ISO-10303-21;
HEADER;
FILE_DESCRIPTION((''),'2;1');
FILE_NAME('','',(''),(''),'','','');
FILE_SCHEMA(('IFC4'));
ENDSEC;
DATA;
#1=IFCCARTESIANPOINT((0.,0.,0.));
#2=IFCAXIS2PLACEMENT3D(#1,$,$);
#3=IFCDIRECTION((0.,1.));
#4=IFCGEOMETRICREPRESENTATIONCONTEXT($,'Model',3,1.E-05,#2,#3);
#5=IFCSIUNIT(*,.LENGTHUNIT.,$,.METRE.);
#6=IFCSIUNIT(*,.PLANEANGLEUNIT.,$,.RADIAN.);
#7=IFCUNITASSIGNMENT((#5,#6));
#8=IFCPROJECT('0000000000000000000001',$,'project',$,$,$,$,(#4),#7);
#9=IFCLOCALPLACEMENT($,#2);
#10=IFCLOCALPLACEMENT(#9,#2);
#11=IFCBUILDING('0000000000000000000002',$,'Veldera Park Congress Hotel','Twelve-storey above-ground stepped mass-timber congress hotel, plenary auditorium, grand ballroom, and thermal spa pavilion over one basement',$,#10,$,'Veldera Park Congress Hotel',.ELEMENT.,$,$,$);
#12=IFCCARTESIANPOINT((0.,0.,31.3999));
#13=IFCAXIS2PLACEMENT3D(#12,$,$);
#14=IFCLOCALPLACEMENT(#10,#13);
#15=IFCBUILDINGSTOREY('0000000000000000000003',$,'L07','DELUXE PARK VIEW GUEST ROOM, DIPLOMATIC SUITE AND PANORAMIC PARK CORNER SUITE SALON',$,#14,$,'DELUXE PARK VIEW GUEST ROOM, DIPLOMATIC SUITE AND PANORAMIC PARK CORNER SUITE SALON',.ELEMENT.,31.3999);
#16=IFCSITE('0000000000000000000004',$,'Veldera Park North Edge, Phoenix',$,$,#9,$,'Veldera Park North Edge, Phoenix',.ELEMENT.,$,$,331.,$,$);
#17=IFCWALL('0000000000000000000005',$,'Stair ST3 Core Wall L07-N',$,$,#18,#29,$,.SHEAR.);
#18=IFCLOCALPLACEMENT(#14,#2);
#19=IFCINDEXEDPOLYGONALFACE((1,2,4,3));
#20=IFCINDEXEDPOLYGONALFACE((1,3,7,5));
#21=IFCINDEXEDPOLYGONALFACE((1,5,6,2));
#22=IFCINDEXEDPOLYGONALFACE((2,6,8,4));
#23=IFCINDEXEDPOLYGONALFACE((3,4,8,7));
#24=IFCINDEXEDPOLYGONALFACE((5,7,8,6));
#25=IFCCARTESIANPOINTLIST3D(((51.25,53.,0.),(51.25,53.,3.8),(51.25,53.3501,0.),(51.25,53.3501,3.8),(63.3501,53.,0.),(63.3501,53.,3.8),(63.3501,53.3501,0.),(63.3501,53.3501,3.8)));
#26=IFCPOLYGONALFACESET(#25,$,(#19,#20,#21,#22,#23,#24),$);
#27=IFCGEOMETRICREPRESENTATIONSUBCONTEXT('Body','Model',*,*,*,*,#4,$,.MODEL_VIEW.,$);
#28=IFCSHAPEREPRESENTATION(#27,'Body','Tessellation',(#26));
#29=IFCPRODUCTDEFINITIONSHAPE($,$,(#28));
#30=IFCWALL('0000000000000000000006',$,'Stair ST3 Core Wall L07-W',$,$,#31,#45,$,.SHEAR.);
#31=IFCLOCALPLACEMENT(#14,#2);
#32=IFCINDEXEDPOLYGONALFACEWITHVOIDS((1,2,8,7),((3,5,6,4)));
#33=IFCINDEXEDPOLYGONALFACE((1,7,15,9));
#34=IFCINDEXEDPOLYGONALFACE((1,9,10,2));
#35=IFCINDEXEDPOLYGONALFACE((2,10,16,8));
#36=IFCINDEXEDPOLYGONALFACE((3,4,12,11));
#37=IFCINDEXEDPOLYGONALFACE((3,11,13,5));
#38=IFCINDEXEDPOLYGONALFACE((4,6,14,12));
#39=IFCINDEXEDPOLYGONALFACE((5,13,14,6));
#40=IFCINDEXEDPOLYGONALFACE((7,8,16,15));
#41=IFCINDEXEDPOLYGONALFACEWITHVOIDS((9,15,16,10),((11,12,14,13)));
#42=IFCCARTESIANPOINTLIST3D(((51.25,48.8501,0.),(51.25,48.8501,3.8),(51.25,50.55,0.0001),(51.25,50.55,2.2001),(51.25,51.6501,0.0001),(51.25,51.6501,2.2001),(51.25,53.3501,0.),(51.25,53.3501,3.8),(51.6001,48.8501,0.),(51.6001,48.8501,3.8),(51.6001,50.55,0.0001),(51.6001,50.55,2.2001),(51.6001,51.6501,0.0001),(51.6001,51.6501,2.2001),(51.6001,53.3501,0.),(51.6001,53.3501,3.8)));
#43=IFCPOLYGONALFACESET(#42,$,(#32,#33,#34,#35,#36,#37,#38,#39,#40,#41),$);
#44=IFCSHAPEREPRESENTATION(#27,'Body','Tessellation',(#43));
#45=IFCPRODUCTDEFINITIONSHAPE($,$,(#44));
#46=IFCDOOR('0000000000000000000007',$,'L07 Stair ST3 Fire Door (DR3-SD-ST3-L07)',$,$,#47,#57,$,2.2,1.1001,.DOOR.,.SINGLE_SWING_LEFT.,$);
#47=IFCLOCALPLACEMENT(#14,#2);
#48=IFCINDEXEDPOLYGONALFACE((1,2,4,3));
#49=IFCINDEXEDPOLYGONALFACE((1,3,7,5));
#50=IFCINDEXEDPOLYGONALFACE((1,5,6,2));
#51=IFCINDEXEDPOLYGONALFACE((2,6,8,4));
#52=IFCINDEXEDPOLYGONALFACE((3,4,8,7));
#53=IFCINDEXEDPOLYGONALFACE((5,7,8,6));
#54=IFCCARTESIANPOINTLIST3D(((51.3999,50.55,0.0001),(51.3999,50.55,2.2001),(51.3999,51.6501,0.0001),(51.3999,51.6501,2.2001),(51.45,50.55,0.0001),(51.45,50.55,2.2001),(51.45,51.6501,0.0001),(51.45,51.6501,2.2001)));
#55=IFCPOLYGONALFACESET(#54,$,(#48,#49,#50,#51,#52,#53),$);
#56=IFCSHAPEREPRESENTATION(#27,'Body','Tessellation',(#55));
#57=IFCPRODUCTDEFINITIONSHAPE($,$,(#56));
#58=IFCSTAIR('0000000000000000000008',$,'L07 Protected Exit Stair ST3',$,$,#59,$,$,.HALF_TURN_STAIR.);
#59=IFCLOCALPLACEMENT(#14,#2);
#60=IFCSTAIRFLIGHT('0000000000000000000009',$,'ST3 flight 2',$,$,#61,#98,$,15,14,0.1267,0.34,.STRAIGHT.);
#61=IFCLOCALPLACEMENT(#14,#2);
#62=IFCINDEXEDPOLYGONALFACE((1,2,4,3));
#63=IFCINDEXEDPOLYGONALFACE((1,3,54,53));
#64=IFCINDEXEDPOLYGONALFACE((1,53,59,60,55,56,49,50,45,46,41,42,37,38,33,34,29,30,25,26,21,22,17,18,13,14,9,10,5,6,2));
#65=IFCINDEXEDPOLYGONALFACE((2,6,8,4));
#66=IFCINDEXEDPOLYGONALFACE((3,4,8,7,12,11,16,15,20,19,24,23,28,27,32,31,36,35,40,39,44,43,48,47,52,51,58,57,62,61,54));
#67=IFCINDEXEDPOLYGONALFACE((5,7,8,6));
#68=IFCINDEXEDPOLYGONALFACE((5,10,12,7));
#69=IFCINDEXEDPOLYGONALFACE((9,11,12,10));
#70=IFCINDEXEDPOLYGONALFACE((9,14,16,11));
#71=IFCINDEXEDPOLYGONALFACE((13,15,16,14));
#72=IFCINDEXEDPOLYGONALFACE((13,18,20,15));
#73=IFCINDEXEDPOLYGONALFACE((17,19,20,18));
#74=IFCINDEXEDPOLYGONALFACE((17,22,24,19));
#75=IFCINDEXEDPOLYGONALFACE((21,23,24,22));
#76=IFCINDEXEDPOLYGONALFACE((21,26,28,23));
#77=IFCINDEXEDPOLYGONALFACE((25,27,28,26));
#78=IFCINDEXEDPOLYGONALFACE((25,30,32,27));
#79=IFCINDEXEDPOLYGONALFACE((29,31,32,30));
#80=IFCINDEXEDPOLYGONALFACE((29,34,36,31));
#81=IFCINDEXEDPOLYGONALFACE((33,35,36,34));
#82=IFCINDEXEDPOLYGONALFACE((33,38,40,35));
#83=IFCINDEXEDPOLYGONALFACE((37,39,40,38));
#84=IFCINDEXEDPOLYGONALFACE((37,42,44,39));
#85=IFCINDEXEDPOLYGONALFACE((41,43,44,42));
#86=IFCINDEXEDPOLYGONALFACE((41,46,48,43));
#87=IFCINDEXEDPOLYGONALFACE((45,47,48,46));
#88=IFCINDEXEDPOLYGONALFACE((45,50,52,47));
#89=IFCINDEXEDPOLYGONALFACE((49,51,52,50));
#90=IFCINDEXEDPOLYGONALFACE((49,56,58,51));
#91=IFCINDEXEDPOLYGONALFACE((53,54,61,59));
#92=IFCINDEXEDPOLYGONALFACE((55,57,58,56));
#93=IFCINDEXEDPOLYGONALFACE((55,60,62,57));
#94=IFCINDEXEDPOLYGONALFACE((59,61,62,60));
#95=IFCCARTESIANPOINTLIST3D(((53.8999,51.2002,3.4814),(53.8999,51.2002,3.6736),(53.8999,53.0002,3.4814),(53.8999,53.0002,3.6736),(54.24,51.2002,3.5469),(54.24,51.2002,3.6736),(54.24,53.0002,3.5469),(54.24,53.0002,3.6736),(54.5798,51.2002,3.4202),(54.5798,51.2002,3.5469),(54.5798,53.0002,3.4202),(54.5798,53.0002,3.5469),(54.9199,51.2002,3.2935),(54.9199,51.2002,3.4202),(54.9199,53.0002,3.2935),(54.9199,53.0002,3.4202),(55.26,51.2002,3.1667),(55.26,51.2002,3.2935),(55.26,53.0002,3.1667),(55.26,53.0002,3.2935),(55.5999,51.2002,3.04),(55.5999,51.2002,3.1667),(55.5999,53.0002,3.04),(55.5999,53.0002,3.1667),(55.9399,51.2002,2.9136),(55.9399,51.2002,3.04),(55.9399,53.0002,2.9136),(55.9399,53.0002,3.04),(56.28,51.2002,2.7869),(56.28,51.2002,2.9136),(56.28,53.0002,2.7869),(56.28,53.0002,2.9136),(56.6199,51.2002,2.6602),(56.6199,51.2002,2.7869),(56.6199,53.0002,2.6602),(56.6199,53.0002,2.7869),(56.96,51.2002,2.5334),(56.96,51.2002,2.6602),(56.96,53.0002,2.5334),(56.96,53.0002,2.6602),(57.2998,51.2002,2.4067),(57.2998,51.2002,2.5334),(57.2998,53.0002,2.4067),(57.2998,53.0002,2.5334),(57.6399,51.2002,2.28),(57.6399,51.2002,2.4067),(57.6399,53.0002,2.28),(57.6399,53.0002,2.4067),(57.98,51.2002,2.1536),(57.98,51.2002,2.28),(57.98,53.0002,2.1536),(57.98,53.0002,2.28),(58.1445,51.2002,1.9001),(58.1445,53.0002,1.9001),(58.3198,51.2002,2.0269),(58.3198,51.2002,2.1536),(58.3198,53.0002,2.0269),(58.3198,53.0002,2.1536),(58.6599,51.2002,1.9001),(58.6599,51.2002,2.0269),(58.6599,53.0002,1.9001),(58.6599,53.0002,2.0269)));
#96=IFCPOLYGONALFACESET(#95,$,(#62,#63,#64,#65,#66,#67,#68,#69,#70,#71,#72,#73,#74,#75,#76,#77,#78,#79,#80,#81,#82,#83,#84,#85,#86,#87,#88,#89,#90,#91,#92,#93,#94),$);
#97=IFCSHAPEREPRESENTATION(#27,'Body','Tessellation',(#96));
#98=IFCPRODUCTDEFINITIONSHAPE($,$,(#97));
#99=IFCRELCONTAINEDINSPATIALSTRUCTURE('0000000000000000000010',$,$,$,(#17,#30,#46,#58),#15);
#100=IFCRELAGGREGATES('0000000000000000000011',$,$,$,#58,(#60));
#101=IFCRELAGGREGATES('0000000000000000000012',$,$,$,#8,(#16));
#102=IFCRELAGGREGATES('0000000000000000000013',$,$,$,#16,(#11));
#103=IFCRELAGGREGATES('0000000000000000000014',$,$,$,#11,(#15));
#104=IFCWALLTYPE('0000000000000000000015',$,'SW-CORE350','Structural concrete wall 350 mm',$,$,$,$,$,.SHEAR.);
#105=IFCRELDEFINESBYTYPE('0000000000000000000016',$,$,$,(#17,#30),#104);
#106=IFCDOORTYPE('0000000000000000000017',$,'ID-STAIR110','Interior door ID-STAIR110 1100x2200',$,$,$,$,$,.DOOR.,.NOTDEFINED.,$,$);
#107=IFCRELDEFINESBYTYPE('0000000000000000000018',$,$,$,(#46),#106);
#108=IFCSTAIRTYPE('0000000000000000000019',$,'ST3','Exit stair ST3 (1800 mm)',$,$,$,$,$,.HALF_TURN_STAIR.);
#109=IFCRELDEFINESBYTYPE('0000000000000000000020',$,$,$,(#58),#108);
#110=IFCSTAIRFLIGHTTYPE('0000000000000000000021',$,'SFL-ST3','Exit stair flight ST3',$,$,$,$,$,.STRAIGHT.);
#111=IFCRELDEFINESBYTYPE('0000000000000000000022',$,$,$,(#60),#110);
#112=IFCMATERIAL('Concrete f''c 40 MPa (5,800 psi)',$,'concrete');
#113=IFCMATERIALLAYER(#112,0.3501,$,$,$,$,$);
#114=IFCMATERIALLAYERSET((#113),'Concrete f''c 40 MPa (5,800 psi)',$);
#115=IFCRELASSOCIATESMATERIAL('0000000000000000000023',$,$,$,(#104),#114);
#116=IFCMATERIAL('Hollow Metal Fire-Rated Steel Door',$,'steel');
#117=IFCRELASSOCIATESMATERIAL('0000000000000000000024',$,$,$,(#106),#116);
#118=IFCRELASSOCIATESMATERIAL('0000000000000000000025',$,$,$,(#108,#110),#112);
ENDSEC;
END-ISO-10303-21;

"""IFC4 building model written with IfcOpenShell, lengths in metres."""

from ifc_helpers import new_model, si_unit, direction, frame, frame_2d, origin, place, context, subcontext, project, spatial, polyline, rectangle, outline, extrude, material, layer, layer_set, type_object, element, fill, aggregate, save


model = new_model("IFC4")

# Units and contexts
model_context = context("Model", 3, precision=1e-05, world=origin(), true_north=direction((0.0, 1.0)))
body_context = subcontext(model_context, "Body", "Model", "MODEL_VIEW")
ifc_project = project(units=[si_unit("LENGTHUNIT", "METRE"), si_unit("PLANEANGLEUNIT", "RADIAN")], contexts=[model_context])

# Site, building, storey
site_placement = place(None, origin())
site = spatial("IfcSite", under=ifc_project, at=site_placement, Name="Veldera Park North Edge, Phoenix", LongName="Veldera Park North Edge, Phoenix", CompositionType="ELEMENT", RefElevation=331.0)
building_placement = place(site_placement, origin())
building = spatial("IfcBuilding", under=site, at=building_placement, Name="Veldera Park Congress Hotel", Description="Twelve-storey above-ground stepped mass-timber congress hotel, plenary auditorium, grand ballroom, and thermal spa pavilion over one basement", LongName="Veldera Park Congress Hotel", CompositionType="ELEMENT")
storey_placement = place(building_placement, frame((0.0, 0.0, 31.3999)))
storey = spatial("IfcBuildingStorey", under=building, at=storey_placement, Name="L07", Description="DELUXE PARK VIEW GUEST ROOM, DIPLOMATIC SUITE AND PANORAMIC PARK CORNER SUITE SALON", LongName="DELUXE PARK VIEW GUEST ROOM, DIPLOMATIC SUITE AND PANORAMIC PARK CORNER SUITE SALON", CompositionType="ELEMENT", Elevation=31.3999)

# Wall
ifc_material_1 = material(Name="Concrete f'c 40 MPa (5,800 psi)", Category="concrete")
ifc_layer_1 = layer(ifc_material_1, 0.3501)
ifc_layer_set_1 = layer_set([ifc_layer_1], Name="Concrete f'c 40 MPa (5,800 psi)")
wall_type_1 = type_object("IfcWallType", Name="SW-CORE350", Description="Structural concrete wall 350 mm", PredefinedType="SHEAR", material=ifc_layer_set_1)
wall_1_placement = place(storey_placement, frame((63.3501, 53.175, 0.0), z_axis=(0.0, 0.0, 1.0), x_axis=(-1.0, 0.0, 0.0)))
element("IfcWall", 1, at=wall_1_placement, inside=storey, type_object=wall_type_1, Name="Stair ST3 Core Wall L07-N", PredefinedType="SHEAR", context=body_context, shape_type="SweptSolid", body=[
    extrude(rectangle(XDim=12.1001, YDim=0.3501, at=frame_2d((6.05, 0.0))), origin(), (0.0, 0.0, 1.0), 3.8),
])

# Wall, opening, door
wall_2_placement = place(storey_placement, frame((51.425, 53.3501, 0.0), z_axis=(0.0, 0.0, 1.0), x_axis=(0.0, -1.0, 0.0)))
wall_2 = element("IfcWall", 2, at=wall_2_placement, inside=storey, type_object=wall_type_1, Name="Stair ST3 Core Wall L07-W", PredefinedType="SHEAR", context=body_context, shape_type="SweptSolid", body=[
    extrude(rectangle(XDim=4.5, YDim=0.3501, at=frame_2d((2.25, 0.0))), origin(), (0.0, 0.0, 1.0), 3.8),
])
opening_1_placement = place(wall_2_placement, frame((1.7, 0.0, 0.0)))
opening_1 = element("IfcOpeningElement", 3, at=opening_1_placement, cuts=wall_2, PredefinedType="OPENING", context=body_context, shape_type="SweptSolid", body=[
    extrude(rectangle(XDim=1.1001, YDim=2.2, at=frame_2d((0.55, 1.1001))), frame((0.0, 0.187, 0.0), z_axis=(0.0, -1.0, 0.0), x_axis=(1.0, 0.0, 0.0)), (0.0, 0.0, 1.0), 0.374),
])
ifc_material_2 = material(Name="Hollow Metal Fire-Rated Steel Door", Category="steel")
door_type = type_object("IfcDoorType", Name="ID-STAIR110", Description="Interior door ID-STAIR110 1100x2200", OperationType="NOTDEFINED", PredefinedType="DOOR", material=ifc_material_2)
door_placement = place(opening_1_placement, origin())
door = element("IfcDoor", 4, at=door_placement, inside=storey, type_object=door_type, Name="L07 Stair ST3 Fire Door (DR3-SD-ST3-L07)", OperationType="SINGLE_SWING_LEFT", OverallHeight=2.2, OverallWidth=1.1001, PredefinedType="DOOR", context=body_context, shape_type="SweptSolid", body=[
    extrude(rectangle(XDim=1.1001, YDim=2.2, at=frame_2d((0.55, 1.1001))), frame((0.0, 0.0249, 0.0), z_axis=(0.0, -1.0, 0.0), x_axis=(1.0, 0.0, 0.0)), (0.0, 0.0, 1.0), 0.05),
])
fill(opening_1, door)

# Stair, stair flight
stair_type = type_object("IfcStairType", Name="ST3", Description="Exit stair ST3 (1800 mm)", PredefinedType="HALF_TURN_STAIR", material=ifc_material_1)
stair_placement = place(storey_placement, origin())
stair = element("IfcStair", 5, at=stair_placement, inside=storey, type_object=stair_type, Name="L07 Protected Exit Stair ST3", PredefinedType="HALF_TURN_STAIR")
stair_flight_type = type_object("IfcStairFlightType", Name="SFL-ST3", Description="Exit stair flight ST3", PredefinedType="STRAIGHT", material=ifc_material_1)
stair_flight_placement = place(storey_placement, frame((58.6599, 52.1001, 1.9001), z_axis=(0.0, 0.0, 1.0), x_axis=(-1.0, 0.0, 0.0)))
stair_flight = element("IfcStairFlight", 6, at=stair_flight_placement, type_object=stair_flight_type, Name="ST3 flight 2", NumberOfRisers=15, NumberOfTreads=14, PredefinedType="STRAIGHT", RiserHeight=0.1267, TreadLength=0.34, context=body_context, shape_type="SweptSolid", body=[
    extrude(outline(polyline([(0.0, 0.0), (0.0, 0.1267), (0.3401, 0.1267), (0.3401, 0.2534), (0.6799, 0.2534), (0.6799, 0.3799), (1.02, 0.3799), (1.02, 0.5066), (1.3601, 0.5066), (1.3601, 0.6333), (1.7, 0.6333), (1.7, 0.76), (2.04, 0.76), (2.04, 0.8867), (2.3799, 0.8867), (2.3799, 1.0134), (2.72, 1.0134), (2.72, 1.1399), (3.0601, 1.1399), (3.0601, 1.2666), (3.3999, 1.2666), (3.3999, 1.3933), (3.74, 1.3933), (3.74, 1.52), (4.0801, 1.52), (4.0801, 1.6467), (4.4199, 1.6467), (4.4199, 1.7734), (4.76, 1.7734), (4.76, 1.8999), (4.76, 1.8999), (4.76, 1.5813), (0.5154, 0.0), (0.0, 0.0)])), frame((0.0, 0.8999, 0.0), z_axis=(0.0, -1.0, 0.0), x_axis=(1.0, 0.0, 0.0)), (0.0, 0.0, 1.0), 1.8),
])
aggregate(stair, [stair_flight])

save(model, "model.ifc")
